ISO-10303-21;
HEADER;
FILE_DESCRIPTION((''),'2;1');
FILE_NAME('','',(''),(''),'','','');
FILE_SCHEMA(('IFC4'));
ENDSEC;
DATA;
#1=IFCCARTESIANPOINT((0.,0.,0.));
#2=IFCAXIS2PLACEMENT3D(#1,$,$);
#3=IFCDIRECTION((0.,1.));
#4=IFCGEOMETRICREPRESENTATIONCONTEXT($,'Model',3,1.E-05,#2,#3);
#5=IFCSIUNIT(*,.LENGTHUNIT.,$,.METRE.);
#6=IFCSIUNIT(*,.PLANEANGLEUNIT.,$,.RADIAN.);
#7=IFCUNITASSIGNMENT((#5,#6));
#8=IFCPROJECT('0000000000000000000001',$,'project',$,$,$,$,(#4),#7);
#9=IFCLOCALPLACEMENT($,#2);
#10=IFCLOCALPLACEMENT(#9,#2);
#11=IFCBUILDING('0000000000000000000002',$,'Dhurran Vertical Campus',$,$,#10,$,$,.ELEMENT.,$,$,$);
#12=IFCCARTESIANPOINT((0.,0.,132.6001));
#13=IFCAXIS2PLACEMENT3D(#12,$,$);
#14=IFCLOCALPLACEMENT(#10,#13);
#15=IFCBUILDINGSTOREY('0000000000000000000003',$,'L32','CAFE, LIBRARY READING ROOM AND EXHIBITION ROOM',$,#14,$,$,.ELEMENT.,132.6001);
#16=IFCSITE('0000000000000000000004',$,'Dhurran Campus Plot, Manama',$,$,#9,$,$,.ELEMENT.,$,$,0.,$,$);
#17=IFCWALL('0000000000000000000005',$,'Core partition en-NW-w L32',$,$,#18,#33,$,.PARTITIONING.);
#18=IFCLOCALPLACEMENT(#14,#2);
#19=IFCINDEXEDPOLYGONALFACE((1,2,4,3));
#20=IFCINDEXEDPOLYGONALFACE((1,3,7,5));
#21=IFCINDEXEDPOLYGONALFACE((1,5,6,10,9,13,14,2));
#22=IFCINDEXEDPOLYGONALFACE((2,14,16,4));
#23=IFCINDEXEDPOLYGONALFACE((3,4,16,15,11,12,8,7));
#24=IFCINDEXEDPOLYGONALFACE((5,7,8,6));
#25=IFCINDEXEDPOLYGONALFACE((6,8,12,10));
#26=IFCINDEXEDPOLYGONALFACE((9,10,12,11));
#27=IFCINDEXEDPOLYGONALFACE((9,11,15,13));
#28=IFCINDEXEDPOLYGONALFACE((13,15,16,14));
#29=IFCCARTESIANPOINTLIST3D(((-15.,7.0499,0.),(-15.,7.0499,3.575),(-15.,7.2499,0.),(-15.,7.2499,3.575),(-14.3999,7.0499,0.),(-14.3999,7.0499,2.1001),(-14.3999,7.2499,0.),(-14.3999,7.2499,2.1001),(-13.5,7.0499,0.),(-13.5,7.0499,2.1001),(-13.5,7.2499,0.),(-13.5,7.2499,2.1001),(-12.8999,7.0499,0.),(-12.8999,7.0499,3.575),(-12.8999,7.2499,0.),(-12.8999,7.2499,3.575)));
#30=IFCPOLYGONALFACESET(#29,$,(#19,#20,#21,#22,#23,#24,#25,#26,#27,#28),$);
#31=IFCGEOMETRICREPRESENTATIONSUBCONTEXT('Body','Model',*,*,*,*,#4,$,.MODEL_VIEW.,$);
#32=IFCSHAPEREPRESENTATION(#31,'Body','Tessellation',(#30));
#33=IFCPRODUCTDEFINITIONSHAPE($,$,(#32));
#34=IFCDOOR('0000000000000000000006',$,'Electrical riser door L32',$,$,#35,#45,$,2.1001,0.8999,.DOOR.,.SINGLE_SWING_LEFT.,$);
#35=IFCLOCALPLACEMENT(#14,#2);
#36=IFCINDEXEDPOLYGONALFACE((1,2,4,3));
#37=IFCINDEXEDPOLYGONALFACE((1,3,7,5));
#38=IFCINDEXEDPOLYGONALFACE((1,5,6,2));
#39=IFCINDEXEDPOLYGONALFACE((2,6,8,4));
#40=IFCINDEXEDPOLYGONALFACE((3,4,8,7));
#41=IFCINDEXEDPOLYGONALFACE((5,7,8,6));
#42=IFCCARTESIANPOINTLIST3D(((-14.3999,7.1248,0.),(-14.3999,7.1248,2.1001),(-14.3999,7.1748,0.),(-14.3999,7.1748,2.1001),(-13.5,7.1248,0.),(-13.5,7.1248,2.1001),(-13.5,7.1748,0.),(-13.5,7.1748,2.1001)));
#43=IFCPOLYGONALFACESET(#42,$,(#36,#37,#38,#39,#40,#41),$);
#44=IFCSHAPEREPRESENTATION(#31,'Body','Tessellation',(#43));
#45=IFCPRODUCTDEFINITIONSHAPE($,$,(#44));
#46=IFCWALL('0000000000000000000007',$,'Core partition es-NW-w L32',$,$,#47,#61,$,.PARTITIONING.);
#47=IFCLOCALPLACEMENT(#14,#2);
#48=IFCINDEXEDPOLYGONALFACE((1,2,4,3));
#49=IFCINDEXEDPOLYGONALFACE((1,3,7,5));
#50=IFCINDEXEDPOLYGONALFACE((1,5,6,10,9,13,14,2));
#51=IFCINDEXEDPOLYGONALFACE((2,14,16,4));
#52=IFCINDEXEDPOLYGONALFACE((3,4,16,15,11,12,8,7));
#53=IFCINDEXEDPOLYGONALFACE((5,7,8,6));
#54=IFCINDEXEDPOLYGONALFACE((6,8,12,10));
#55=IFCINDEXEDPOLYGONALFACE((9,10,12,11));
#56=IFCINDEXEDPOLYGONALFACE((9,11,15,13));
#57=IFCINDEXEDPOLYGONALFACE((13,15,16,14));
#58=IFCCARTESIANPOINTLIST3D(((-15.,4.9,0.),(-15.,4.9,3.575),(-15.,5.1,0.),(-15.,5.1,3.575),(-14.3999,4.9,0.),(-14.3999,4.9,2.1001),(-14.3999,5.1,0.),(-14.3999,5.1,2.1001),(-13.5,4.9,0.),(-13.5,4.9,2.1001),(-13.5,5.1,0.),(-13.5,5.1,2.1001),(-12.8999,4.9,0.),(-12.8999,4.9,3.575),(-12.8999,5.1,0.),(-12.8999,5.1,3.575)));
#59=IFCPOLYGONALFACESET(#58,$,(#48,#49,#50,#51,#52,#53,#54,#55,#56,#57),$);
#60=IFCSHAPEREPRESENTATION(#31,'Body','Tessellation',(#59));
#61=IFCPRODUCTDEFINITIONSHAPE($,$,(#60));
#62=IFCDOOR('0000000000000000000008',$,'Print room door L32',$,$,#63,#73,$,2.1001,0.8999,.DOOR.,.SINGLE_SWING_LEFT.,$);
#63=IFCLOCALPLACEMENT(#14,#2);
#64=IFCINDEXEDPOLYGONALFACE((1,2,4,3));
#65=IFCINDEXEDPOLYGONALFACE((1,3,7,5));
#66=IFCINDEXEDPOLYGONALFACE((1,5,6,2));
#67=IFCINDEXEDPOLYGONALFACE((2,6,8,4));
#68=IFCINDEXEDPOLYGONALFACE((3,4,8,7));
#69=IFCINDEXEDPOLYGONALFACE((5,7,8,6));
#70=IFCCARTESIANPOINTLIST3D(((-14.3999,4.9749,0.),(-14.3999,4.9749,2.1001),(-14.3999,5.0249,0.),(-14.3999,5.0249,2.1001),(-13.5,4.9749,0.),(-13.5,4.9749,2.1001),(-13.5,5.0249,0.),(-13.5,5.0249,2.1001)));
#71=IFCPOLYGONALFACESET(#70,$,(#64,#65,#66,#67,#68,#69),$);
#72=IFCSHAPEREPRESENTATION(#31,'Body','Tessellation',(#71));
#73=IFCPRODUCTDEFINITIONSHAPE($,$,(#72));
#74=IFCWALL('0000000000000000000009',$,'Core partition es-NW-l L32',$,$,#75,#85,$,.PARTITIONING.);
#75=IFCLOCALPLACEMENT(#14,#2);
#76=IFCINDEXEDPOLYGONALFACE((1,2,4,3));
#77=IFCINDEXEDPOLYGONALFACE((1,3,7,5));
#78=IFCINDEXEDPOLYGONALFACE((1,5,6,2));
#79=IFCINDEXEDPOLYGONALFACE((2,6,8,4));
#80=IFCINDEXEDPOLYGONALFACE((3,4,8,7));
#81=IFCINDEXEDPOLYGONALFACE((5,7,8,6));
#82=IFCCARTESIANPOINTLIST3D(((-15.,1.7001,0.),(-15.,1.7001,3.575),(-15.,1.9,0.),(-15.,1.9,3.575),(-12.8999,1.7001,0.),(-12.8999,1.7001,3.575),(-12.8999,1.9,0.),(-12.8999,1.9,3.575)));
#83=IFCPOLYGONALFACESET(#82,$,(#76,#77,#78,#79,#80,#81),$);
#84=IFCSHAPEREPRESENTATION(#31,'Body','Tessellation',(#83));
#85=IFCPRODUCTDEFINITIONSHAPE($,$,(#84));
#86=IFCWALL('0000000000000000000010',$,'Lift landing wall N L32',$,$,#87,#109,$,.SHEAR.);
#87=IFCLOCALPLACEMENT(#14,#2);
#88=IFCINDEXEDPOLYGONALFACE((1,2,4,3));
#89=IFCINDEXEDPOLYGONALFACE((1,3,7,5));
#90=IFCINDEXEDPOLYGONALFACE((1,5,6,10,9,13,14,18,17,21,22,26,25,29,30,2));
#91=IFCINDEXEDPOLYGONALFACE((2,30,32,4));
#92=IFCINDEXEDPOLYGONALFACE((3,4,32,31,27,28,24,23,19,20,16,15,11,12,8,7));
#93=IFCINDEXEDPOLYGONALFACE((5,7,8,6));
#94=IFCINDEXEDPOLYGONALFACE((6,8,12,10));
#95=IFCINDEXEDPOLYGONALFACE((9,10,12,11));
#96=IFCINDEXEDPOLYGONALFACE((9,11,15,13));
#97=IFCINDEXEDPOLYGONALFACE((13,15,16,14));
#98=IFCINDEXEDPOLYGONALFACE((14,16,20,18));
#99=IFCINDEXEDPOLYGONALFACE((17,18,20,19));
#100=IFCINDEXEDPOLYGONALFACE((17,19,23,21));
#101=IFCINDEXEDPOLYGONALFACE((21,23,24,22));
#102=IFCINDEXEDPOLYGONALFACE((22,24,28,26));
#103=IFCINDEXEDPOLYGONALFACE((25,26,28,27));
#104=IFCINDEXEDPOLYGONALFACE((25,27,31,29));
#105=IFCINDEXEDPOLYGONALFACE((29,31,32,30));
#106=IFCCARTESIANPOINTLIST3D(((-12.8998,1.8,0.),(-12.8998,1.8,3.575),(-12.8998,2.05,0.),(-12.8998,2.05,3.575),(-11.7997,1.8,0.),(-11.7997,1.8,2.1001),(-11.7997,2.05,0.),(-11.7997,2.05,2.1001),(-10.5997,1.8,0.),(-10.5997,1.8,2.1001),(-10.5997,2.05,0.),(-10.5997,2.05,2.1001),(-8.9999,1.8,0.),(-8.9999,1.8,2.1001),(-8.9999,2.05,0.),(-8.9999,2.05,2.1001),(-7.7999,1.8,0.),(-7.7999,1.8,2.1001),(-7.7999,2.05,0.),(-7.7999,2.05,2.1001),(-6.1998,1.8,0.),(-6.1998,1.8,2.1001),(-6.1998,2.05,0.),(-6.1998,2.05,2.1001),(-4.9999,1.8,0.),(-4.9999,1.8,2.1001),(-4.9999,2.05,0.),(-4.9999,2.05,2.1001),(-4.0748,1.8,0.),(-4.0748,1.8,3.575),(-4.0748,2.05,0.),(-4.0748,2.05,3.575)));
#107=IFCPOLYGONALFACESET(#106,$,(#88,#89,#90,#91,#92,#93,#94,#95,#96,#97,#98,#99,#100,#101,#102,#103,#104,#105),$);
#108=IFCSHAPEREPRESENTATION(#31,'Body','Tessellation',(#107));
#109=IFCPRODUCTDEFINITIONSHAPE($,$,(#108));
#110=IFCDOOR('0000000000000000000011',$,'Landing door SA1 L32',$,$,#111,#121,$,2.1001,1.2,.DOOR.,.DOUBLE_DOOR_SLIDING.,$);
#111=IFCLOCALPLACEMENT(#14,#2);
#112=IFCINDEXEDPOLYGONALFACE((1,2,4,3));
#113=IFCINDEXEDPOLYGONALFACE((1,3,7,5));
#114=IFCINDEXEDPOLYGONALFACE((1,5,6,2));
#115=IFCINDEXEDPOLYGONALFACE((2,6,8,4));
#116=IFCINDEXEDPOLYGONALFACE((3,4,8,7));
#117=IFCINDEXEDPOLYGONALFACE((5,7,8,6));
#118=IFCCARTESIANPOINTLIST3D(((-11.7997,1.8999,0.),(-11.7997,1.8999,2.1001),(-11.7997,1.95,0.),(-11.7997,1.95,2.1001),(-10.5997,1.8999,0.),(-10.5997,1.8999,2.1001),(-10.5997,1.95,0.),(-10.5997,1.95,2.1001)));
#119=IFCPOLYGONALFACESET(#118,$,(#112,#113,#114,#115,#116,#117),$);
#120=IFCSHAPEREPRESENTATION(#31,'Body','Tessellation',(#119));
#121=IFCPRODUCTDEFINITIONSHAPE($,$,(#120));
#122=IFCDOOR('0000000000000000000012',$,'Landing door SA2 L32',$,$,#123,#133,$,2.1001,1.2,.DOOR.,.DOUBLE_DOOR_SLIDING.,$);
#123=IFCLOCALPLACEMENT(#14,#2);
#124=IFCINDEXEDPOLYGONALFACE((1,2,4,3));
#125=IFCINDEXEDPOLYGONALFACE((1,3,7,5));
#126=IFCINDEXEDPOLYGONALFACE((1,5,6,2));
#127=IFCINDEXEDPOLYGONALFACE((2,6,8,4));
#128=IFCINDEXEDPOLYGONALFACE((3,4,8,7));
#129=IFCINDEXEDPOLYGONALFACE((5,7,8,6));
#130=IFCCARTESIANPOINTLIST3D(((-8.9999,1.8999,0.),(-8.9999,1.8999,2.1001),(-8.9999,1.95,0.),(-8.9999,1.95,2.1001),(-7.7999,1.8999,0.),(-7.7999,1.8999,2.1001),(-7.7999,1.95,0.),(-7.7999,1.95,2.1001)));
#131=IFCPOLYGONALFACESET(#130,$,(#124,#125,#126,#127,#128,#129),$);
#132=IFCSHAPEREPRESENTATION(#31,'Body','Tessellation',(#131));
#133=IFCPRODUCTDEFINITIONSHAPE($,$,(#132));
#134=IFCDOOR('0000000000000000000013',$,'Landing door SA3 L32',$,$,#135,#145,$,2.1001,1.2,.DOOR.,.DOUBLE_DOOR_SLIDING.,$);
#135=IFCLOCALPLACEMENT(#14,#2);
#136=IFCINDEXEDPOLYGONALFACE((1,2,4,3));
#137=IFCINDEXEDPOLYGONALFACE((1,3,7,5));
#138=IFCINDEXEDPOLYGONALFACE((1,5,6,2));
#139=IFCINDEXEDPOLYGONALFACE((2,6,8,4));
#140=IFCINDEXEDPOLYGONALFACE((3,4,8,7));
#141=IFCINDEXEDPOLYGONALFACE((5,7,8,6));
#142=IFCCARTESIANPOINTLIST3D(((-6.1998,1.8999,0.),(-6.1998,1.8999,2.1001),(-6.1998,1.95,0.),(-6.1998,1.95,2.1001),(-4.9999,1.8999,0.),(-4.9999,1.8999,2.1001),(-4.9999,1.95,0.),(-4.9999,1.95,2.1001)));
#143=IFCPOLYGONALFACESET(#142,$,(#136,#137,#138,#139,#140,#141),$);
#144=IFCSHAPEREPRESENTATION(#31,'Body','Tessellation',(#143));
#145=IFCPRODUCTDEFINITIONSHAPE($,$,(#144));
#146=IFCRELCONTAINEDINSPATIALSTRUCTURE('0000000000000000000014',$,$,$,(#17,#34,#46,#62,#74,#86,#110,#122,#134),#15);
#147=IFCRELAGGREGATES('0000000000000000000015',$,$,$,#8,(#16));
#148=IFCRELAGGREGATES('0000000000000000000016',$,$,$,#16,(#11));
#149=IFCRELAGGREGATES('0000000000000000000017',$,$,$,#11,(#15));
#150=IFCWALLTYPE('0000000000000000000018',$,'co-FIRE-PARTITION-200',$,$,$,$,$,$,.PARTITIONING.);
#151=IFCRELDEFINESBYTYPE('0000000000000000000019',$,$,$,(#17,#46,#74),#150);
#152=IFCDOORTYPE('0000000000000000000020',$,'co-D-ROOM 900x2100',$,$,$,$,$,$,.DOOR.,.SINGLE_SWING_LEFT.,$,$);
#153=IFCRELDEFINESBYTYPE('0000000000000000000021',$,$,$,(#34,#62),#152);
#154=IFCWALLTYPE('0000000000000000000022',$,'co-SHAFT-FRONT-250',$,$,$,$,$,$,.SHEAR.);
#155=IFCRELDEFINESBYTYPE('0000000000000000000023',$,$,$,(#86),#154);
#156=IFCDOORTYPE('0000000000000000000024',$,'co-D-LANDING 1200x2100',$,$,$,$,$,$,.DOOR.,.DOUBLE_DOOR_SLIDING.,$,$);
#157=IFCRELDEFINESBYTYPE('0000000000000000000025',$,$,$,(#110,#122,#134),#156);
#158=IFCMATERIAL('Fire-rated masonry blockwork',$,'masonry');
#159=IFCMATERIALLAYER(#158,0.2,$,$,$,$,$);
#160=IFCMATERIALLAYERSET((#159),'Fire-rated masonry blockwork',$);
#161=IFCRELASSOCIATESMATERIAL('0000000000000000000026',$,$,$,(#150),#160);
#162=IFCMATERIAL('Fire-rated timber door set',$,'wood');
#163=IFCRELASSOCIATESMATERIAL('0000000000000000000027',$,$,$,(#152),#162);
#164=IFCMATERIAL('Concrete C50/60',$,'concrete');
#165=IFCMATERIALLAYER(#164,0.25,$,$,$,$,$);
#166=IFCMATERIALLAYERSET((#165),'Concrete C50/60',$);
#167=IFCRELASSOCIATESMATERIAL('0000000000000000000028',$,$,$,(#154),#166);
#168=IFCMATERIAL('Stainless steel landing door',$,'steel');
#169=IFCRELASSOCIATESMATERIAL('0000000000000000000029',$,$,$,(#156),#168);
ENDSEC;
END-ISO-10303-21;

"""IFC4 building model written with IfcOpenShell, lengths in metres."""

from ifc_helpers import new_model, si_unit, direction, frame, frame_2d, origin, place, context, subcontext, project, spatial, rectangle, extrude, material, layer, layer_set, type_object, element, fill, save


model = new_model("IFC4")

# Units and contexts
model_context = context("Model", 3, precision=1e-05, world=origin(), true_north=direction((0.0, 1.0)))
body_context = subcontext(model_context, "Body", "Model", "MODEL_VIEW")
ifc_project = project(units=[si_unit("LENGTHUNIT", "METRE"), si_unit("PLANEANGLEUNIT", "RADIAN")], contexts=[model_context])

# Site, building, storey
site_placement = place(None, origin())
site = spatial("IfcSite", under=ifc_project, at=site_placement, Name="Dhurran Campus Plot, Manama", CompositionType="ELEMENT", RefElevation=0.0)
building_placement = place(site_placement, origin())
building = spatial("IfcBuilding", under=site, at=building_placement, Name="Dhurran Vertical Campus", CompositionType="ELEMENT")
storey_placement = place(building_placement, frame((0.0, 0.0, 132.6001)))
storey = spatial("IfcBuildingStorey", under=building, at=storey_placement, Name="L32", Description="CAFE, LIBRARY READING ROOM AND EXHIBITION ROOM", CompositionType="ELEMENT", Elevation=132.6001)

# Walls, openings, doors
ifc_material_1 = material(Name="Fire-rated masonry blockwork", Category="masonry")
ifc_layer_1 = layer(ifc_material_1, 0.2)
ifc_layer_set_1 = layer_set([ifc_layer_1], Name="Fire-rated masonry blockwork")
wall_type_1 = type_object("IfcWallType", Name="co-FIRE-PARTITION-200", PredefinedType="PARTITIONING", material=ifc_layer_set_1)
wall_1_placement = place(storey_placement, frame((-15.0, 7.1499, 0.0), z_axis=(0.0, 0.0, 1.0), x_axis=(1.0, 0.0, 0.0)))
wall_1 = element("IfcWall", 1, at=wall_1_placement, inside=storey, type_object=wall_type_1, Name="Core partition en-NW-w L32", PredefinedType="PARTITIONING", context=body_context, shape_type="SweptSolid", body=[
    extrude(rectangle(XDim=2.1001, YDim=0.2, at=frame_2d((1.05, 0.0))), origin(), (0.0, 0.0, 1.0), 3.575),
])
opening_1_placement = place(wall_1_placement, frame((0.6001, 0.0, 0.0)))
opening_1 = element("IfcOpeningElement", 2, at=opening_1_placement, cuts=wall_1, PredefinedType="OPENING", context=body_context, shape_type="SweptSolid", body=[
    extrude(rectangle(XDim=0.8999, YDim=2.1001, at=frame_2d((0.45, 1.05))), frame((0.0, 0.1099, 0.0), z_axis=(0.0, -1.0, 0.0), x_axis=(1.0, 0.0, 0.0)), (0.0, 0.0, 1.0), 0.22),
])
ifc_material_2 = material(Name="Fire-rated timber door set", Category="wood")
door_type_1 = type_object("IfcDoorType", Name="co-D-ROOM 900x2100", OperationType="SINGLE_SWING_LEFT", PredefinedType="DOOR", material=ifc_material_2)
door_1_placement = place(opening_1_placement, origin())
door_1 = element("IfcDoor", 3, at=door_1_placement, inside=storey, type_object=door_type_1, Name="Electrical riser door L32", OperationType="SINGLE_SWING_LEFT", OverallHeight=2.1001, OverallWidth=0.8999, PredefinedType="DOOR", context=body_context, shape_type="SweptSolid", body=[
    extrude(rectangle(XDim=0.8999, YDim=2.1001, at=frame_2d((0.45, 1.05))), frame((0.0, 0.0249, 0.0), z_axis=(0.0, -1.0, 0.0), x_axis=(1.0, 0.0, 0.0)), (0.0, 0.0, 1.0), 0.05),
])
fill(opening_1, door_1)
wall_2_placement = place(storey_placement, frame((-15.0, 5.0, 0.0), z_axis=(0.0, 0.0, 1.0), x_axis=(1.0, 0.0, 0.0)))
wall_2 = element("IfcWall", 4, at=wall_2_placement, inside=storey, type_object=wall_type_1, Name="Core partition es-NW-w L32", PredefinedType="PARTITIONING", context=body_context, shape_type="SweptSolid", body=[
    extrude(rectangle(XDim=2.1001, YDim=0.2, at=frame_2d((1.05, 0.0))), origin(), (0.0, 0.0, 1.0), 3.575),
])
opening_2_placement = place(wall_2_placement, frame((0.6001, 0.0, 0.0)))
opening_2 = element("IfcOpeningElement", 5, at=opening_2_placement, cuts=wall_2, PredefinedType="OPENING", context=body_context, shape_type="SweptSolid", body=[
    extrude(rectangle(XDim=0.8999, YDim=2.1001, at=frame_2d((0.45, 1.05))), frame((0.0, 0.1099, 0.0), z_axis=(0.0, -1.0, 0.0), x_axis=(1.0, 0.0, 0.0)), (0.0, 0.0, 1.0), 0.22),
])
door_2_placement = place(opening_2_placement, origin())
door_2 = element("IfcDoor", 6, at=door_2_placement, inside=storey, type_object=door_type_1, Name="Print room door L32", OperationType="SINGLE_SWING_LEFT", OverallHeight=2.1001, OverallWidth=0.8999, PredefinedType="DOOR", context=body_context, shape_type="SweptSolid", body=[
    extrude(rectangle(XDim=0.8999, YDim=2.1001, at=frame_2d((0.45, 1.05))), frame((0.0, 0.0249, 0.0), z_axis=(0.0, -1.0, 0.0), x_axis=(1.0, 0.0, 0.0)), (0.0, 0.0, 1.0), 0.05),
])
fill(opening_2, door_2)

# Wall
wall_3_placement = place(storey_placement, frame((-15.0, 1.8, 0.0), z_axis=(0.0, 0.0, 1.0), x_axis=(1.0, 0.0, 0.0)))
element("IfcWall", 7, at=wall_3_placement, inside=storey, type_object=wall_type_1, Name="Core partition es-NW-l L32", PredefinedType="PARTITIONING", context=body_context, shape_type="SweptSolid", body=[
    extrude(rectangle(XDim=2.1001, YDim=0.2, at=frame_2d((1.05, 0.0))), origin(), (0.0, 0.0, 1.0), 3.575),
])

# Wall, openings, doors
ifc_material_3 = material(Name="Concrete C50/60", Category="concrete")
ifc_layer_2 = layer(ifc_material_3, 0.25)
ifc_layer_set_2 = layer_set([ifc_layer_2], Name="Concrete C50/60")
wall_type_2 = type_object("IfcWallType", Name="co-SHAFT-FRONT-250", PredefinedType="SHEAR", material=ifc_layer_set_2)
wall_4_placement = place(storey_placement, frame((-12.8999, 1.925, 0.0), z_axis=(0.0, 0.0, 1.0), x_axis=(1.0, 0.0, 0.0)))
wall_4 = element("IfcWall", 8, at=wall_4_placement, inside=storey, type_object=wall_type_2, Name="Lift landing wall N L32", PredefinedType="SHEAR", context=body_context, shape_type="SweptSolid", body=[
    extrude(rectangle(XDim=8.825, YDim=0.25, at=frame_2d((4.4126, 0.0))), origin(), (0.0, 0.0, 1.0), 3.575),
])
opening_3_placement = place(wall_4_placement, frame((1.1001, 0.0, 0.0)))
opening_3 = element("IfcOpeningElement", 9, at=opening_3_placement, cuts=wall_4, PredefinedType="OPENING", context=body_context, shape_type="SweptSolid", body=[
    extrude(rectangle(XDim=1.2, YDim=2.1001, at=frame_2d((0.6001, 1.05))), frame((0.0, 0.135, 0.0), z_axis=(0.0, -1.0, 0.0), x_axis=(1.0, 0.0, 0.0)), (0.0, 0.0, 1.0), 0.27),
])
opening_4_placement = place(wall_4_placement, frame((3.8999, 0.0, 0.0)))
opening_4 = element("IfcOpeningElement", 10, at=opening_4_placement, cuts=wall_4, PredefinedType="OPENING", context=body_context, shape_type="SweptSolid", body=[
    extrude(rectangle(XDim=1.2, YDim=2.1001, at=frame_2d((0.6001, 1.05))), frame((0.0, 0.135, 0.0), z_axis=(0.0, -1.0, 0.0), x_axis=(1.0, 0.0, 0.0)), (0.0, 0.0, 1.0), 0.27),
])
opening_5_placement = place(wall_4_placement, frame((6.7, 0.0, 0.0)))
opening_5 = element("IfcOpeningElement", 11, at=opening_5_placement, cuts=wall_4, PredefinedType="OPENING", context=body_context, shape_type="SweptSolid", body=[
    extrude(rectangle(XDim=1.2, YDim=2.1001, at=frame_2d((0.6001, 1.05))), frame((0.0, 0.135, 0.0), z_axis=(0.0, -1.0, 0.0), x_axis=(1.0, 0.0, 0.0)), (0.0, 0.0, 1.0), 0.27),
])
ifc_material_4 = material(Name="Stainless steel landing door", Category="steel")
door_type_2 = type_object("IfcDoorType", Name="co-D-LANDING 1200x2100", OperationType="DOUBLE_DOOR_SLIDING", PredefinedType="DOOR", material=ifc_material_4)
door_3_placement = place(opening_3_placement, origin())
door_3 = element("IfcDoor", 12, at=door_3_placement, inside=storey, type_object=door_type_2, Name="Landing door SA1 L32", OperationType="DOUBLE_DOOR_SLIDING", OverallHeight=2.1001, OverallWidth=1.2, PredefinedType="DOOR", context=body_context, shape_type="SweptSolid", body=[
    extrude(rectangle(XDim=1.2, YDim=2.1001, at=frame_2d((0.6001, 1.05))), frame((0.0, 0.0249, 0.0), z_axis=(0.0, -1.0, 0.0), x_axis=(1.0, 0.0, 0.0)), (0.0, 0.0, 1.0), 0.05),
])
fill(opening_3, door_3)
door_4_placement = place(opening_4_placement, origin())
door_4 = element("IfcDoor", 13, at=door_4_placement, inside=storey, type_object=door_type_2, Name="Landing door SA2 L32", OperationType="DOUBLE_DOOR_SLIDING", OverallHeight=2.1001, OverallWidth=1.2, PredefinedType="DOOR", context=body_context, shape_type="SweptSolid", body=[
    extrude(rectangle(XDim=1.2, YDim=2.1001, at=frame_2d((0.6001, 1.05))), frame((0.0, 0.0249, 0.0), z_axis=(0.0, -1.0, 0.0), x_axis=(1.0, 0.0, 0.0)), (0.0, 0.0, 1.0), 0.05),
])
fill(opening_4, door_4)
door_5_placement = place(opening_5_placement, origin())
door_5 = element("IfcDoor", 14, at=door_5_placement, inside=storey, type_object=door_type_2, Name="Landing door SA3 L32", OperationType="DOUBLE_DOOR_SLIDING", OverallHeight=2.1001, OverallWidth=1.2, PredefinedType="DOOR", context=body_context, shape_type="SweptSolid", body=[
    extrude(rectangle(XDim=1.2, YDim=2.1001, at=frame_2d((0.6001, 1.05))), frame((0.0, 0.0249, 0.0), z_axis=(0.0, -1.0, 0.0), x_axis=(1.0, 0.0, 0.0)), (0.0, 0.0, 1.0), 0.05),
])
fill(opening_5, door_5)

save(model, "model.ifc")
